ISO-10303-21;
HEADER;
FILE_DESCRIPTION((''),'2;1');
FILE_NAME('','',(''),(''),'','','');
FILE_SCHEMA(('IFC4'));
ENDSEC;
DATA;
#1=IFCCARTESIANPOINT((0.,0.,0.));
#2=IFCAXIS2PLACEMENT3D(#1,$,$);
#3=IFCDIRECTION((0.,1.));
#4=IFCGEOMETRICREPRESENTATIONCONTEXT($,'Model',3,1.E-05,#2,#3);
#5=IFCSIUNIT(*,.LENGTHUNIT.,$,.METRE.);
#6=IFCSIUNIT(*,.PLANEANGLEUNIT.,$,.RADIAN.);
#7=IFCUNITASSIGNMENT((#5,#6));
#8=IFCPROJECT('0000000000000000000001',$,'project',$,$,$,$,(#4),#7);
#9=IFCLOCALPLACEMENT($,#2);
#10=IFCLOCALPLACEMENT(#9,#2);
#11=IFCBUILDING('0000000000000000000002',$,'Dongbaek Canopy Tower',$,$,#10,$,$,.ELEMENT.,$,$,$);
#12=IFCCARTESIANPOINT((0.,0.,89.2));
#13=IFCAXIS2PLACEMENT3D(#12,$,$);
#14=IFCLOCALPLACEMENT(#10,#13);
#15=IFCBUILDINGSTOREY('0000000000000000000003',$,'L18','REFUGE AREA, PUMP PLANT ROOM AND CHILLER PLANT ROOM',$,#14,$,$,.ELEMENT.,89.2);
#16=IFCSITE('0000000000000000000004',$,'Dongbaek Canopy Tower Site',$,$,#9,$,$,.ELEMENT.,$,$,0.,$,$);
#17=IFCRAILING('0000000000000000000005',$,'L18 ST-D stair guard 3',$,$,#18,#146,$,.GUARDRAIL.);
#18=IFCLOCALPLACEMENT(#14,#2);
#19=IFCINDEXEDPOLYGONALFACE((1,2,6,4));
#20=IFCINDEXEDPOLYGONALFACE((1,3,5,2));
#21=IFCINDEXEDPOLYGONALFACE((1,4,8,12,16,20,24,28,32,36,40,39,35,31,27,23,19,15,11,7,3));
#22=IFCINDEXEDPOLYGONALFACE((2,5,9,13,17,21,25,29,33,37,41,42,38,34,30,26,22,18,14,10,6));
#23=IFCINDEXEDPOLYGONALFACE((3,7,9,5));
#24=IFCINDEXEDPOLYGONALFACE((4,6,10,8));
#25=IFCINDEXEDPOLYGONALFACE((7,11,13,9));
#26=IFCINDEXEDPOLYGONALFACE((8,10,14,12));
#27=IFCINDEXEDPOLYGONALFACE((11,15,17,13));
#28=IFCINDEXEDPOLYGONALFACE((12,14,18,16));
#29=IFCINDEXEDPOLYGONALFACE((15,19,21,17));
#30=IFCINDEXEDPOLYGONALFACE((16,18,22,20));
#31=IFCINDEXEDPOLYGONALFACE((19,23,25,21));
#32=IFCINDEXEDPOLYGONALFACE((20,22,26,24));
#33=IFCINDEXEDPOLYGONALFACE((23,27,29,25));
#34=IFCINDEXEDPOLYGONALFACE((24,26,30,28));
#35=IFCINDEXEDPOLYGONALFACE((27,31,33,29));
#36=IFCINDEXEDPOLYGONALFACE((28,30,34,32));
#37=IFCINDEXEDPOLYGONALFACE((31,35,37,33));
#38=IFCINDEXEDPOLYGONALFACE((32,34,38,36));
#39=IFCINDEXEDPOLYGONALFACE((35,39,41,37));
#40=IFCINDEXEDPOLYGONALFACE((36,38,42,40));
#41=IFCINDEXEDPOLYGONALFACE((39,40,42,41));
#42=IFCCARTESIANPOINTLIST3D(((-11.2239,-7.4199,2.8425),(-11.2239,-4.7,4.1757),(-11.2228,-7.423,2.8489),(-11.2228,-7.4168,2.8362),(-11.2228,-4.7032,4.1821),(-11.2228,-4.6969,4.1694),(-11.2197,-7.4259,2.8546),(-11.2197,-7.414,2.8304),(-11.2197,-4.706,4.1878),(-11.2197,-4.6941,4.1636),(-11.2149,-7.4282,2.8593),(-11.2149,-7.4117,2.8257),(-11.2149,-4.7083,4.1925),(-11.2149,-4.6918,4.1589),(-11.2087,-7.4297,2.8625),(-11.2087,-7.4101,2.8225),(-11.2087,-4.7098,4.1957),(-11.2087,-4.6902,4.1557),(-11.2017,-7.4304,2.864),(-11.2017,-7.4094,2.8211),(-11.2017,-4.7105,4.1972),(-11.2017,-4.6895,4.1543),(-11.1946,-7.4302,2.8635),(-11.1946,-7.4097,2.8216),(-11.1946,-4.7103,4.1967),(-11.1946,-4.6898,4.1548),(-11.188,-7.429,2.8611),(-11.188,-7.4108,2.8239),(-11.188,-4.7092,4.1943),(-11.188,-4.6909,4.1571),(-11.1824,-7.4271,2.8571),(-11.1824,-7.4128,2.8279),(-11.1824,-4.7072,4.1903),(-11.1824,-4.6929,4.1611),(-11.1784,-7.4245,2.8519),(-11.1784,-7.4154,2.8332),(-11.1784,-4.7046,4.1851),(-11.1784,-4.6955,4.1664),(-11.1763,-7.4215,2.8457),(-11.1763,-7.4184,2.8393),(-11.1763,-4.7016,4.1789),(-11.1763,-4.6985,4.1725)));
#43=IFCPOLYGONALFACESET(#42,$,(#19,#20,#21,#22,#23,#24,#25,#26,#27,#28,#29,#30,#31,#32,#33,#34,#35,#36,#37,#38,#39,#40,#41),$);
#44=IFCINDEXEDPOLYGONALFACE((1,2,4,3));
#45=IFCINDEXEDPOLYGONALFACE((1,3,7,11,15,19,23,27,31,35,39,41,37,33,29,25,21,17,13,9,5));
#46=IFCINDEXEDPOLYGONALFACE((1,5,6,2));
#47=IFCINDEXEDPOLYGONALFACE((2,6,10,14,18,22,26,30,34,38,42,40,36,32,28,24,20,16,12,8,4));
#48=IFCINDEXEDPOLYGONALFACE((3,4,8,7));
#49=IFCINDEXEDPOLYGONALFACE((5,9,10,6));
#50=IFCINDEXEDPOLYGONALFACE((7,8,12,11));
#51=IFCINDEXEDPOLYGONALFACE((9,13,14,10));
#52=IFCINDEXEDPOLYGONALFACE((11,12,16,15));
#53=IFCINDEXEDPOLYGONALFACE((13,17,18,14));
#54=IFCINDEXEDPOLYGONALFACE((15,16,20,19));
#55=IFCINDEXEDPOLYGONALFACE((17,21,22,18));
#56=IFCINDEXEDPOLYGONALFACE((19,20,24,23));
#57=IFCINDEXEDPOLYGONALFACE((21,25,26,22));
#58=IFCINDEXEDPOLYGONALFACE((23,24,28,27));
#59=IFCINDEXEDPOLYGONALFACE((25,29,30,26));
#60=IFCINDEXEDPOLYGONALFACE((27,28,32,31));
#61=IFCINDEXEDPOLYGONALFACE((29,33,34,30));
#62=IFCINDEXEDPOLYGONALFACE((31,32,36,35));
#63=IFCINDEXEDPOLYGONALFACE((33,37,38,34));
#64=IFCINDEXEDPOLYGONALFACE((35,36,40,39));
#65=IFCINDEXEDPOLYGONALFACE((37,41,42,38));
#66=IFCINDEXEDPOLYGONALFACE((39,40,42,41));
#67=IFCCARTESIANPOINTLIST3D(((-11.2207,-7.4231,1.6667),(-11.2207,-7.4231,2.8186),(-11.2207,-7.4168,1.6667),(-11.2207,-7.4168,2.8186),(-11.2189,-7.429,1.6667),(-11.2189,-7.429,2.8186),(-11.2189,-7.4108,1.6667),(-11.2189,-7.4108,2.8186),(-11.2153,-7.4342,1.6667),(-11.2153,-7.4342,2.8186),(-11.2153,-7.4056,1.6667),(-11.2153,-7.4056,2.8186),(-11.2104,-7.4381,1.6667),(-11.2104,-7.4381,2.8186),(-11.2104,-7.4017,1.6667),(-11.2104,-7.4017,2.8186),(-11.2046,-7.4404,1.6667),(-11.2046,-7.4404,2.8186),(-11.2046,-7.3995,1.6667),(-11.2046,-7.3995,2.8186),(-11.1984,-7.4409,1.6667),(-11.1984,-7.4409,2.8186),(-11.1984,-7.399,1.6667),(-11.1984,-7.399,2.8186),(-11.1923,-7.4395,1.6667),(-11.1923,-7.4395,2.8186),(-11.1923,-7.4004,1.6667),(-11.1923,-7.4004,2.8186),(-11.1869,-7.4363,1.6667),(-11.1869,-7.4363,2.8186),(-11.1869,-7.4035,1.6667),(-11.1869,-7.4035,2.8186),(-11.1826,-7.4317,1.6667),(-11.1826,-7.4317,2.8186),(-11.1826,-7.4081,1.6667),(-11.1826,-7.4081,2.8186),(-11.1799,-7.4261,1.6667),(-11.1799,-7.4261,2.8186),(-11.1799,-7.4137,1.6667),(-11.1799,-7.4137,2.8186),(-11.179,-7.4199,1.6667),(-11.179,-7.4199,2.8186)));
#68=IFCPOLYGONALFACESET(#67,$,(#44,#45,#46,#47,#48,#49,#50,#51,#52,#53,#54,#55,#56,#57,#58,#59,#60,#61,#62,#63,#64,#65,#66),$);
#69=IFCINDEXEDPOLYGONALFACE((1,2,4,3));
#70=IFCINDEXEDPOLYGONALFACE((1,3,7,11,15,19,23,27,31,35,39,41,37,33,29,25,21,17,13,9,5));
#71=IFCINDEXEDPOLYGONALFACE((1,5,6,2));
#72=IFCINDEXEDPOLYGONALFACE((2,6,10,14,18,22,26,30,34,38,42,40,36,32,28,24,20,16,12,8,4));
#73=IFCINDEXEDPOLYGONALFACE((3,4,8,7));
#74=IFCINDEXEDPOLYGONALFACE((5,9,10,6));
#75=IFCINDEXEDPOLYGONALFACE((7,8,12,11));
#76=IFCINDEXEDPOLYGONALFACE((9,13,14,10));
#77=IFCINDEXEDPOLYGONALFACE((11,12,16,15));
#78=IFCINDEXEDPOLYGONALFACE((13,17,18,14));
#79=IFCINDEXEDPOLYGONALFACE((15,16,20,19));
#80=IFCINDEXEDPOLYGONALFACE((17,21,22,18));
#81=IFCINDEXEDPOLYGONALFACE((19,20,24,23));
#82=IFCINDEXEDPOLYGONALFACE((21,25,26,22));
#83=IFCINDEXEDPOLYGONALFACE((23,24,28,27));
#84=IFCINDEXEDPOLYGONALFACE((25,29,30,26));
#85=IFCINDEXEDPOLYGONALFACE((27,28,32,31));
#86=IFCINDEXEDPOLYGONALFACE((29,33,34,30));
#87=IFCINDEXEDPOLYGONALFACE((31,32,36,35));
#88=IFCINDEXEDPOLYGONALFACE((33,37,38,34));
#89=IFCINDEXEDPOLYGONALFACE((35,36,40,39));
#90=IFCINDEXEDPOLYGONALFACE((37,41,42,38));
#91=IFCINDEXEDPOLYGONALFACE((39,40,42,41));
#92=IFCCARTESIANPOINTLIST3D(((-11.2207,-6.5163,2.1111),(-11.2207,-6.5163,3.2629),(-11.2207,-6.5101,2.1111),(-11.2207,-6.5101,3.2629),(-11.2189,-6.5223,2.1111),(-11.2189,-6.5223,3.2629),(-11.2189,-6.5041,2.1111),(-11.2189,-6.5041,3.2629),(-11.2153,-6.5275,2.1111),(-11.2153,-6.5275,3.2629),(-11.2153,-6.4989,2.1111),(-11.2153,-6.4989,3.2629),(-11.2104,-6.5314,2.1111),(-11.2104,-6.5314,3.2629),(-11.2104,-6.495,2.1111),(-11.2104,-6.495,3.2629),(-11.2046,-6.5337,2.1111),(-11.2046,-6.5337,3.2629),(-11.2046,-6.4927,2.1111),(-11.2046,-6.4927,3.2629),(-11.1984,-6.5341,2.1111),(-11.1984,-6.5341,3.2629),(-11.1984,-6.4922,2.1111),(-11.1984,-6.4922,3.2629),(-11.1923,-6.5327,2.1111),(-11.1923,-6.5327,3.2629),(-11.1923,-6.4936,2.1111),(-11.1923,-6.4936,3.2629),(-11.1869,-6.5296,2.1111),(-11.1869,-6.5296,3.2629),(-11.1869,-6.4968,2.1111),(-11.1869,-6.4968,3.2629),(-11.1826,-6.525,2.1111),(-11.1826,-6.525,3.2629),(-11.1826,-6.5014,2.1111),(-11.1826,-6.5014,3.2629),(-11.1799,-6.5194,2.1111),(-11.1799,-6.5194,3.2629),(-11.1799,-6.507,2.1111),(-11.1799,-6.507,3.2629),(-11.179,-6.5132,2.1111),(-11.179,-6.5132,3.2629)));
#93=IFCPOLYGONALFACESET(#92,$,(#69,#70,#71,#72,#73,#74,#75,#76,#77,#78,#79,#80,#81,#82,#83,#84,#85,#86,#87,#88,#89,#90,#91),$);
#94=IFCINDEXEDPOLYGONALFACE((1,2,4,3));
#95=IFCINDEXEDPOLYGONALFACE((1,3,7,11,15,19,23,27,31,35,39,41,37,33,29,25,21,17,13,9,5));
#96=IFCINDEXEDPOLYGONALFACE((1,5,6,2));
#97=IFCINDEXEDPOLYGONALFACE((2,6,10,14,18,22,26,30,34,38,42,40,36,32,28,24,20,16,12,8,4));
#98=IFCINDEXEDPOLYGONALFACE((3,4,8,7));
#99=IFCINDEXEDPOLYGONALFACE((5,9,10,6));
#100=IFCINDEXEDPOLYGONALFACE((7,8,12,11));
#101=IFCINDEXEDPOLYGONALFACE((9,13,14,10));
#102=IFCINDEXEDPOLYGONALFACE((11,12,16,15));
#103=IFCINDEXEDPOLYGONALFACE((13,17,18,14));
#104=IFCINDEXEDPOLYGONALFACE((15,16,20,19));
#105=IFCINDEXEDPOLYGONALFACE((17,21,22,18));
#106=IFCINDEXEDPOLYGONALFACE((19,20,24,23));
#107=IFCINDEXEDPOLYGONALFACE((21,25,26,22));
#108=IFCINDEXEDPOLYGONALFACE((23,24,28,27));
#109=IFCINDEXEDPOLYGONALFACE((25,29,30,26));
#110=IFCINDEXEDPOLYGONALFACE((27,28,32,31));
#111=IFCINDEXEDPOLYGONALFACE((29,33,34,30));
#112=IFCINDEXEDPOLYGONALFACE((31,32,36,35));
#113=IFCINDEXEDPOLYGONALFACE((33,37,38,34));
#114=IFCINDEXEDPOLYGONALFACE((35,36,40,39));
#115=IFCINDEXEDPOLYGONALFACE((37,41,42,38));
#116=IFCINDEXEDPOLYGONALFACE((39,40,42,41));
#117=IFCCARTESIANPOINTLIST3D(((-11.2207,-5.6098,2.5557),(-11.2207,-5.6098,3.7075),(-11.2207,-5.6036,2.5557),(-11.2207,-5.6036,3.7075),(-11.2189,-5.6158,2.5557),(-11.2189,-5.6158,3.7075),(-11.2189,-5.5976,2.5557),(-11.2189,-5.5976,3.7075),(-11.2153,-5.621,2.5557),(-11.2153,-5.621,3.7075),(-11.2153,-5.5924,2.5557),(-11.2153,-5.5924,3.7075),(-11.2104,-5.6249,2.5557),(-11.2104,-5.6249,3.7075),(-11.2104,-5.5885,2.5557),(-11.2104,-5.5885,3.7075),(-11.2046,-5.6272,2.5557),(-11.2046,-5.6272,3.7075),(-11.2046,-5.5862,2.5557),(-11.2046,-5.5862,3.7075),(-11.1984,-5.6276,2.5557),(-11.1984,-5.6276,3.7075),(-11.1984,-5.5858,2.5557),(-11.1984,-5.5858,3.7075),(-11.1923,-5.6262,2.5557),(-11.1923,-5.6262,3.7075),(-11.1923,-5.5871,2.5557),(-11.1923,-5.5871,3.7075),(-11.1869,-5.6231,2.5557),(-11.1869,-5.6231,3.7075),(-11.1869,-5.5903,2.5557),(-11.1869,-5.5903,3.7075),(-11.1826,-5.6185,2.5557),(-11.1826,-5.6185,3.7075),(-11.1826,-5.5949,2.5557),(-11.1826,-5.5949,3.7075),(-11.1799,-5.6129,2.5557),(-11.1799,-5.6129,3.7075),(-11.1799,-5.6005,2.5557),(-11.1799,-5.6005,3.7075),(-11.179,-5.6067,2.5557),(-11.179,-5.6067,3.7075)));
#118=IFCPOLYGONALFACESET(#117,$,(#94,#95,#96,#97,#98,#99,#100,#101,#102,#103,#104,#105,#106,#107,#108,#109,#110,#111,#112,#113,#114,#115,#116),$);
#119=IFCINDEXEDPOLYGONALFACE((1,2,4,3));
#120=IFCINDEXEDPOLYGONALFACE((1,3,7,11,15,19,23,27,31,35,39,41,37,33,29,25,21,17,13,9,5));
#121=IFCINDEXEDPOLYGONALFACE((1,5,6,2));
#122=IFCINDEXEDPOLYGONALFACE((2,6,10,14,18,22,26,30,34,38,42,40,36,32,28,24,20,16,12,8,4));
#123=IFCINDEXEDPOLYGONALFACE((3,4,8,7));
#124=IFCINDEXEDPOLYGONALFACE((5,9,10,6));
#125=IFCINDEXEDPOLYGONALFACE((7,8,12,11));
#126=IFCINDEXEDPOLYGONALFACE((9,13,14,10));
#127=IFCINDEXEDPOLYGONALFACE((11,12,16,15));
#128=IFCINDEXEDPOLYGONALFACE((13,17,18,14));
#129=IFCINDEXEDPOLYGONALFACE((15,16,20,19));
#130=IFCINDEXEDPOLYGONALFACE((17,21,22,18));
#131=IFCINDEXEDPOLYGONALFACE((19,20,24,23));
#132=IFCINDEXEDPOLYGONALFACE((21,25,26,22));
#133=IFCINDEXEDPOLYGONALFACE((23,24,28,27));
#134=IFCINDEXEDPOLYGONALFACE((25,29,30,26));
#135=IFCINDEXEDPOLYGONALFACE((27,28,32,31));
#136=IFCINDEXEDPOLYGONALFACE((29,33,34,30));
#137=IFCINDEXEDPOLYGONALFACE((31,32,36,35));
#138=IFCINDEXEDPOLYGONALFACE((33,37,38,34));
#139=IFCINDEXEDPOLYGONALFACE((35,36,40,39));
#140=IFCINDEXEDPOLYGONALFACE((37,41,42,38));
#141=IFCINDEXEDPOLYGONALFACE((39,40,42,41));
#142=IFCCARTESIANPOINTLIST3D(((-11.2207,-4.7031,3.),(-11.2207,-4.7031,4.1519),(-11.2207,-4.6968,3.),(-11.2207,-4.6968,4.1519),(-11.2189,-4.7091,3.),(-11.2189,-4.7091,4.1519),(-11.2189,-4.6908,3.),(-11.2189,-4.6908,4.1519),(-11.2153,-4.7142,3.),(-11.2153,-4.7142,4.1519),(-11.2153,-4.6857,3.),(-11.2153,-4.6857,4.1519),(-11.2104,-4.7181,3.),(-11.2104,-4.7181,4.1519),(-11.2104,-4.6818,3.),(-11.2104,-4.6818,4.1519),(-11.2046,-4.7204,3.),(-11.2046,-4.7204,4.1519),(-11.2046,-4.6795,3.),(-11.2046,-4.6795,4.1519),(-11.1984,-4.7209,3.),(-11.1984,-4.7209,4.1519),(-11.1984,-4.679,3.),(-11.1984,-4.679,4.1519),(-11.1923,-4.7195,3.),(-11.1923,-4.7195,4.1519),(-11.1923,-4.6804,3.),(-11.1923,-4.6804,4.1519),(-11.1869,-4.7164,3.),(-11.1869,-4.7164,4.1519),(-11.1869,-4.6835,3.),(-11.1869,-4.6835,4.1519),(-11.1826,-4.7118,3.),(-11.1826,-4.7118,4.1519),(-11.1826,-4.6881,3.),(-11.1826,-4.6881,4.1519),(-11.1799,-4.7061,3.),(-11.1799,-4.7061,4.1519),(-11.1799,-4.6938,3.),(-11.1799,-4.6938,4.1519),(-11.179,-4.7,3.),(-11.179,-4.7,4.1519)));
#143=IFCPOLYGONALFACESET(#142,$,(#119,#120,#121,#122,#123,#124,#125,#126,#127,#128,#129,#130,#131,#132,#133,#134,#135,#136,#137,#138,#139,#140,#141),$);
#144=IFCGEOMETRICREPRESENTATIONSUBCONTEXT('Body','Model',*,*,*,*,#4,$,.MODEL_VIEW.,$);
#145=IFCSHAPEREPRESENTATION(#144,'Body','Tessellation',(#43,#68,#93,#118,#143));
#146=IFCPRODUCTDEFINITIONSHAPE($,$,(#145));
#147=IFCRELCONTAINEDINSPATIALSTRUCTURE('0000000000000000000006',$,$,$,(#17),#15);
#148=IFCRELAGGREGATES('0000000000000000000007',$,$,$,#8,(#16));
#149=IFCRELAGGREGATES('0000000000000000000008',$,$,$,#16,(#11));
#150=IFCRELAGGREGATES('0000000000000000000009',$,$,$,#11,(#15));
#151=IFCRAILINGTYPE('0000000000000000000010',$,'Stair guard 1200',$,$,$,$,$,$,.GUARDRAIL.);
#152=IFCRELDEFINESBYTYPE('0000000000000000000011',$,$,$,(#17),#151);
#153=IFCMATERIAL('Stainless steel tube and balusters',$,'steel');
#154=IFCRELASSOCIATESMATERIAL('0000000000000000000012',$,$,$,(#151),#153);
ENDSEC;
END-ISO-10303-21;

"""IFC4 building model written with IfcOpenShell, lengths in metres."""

from ifc_helpers import new_model, si_unit, direction, frame, origin, origin_2d, place, context, subcontext, project, spatial, circle, extrude, material, type_object, element, save


model = new_model("IFC4")

# Units and contexts
model_context = context("Model", 3, precision=1e-05, world=origin(), true_north=direction((0.0, 1.0)))
body_context = subcontext(model_context, "Body", "Model", "MODEL_VIEW")
ifc_project = project(units=[si_unit("LENGTHUNIT", "METRE"), si_unit("PLANEANGLEUNIT", "RADIAN")], contexts=[model_context])

# Site, building, storey
site_placement = place(None, origin())
site = spatial("IfcSite", under=ifc_project, at=site_placement, Name="Dongbaek Canopy Tower Site", CompositionType="ELEMENT", RefElevation=0.0)
building_placement = place(site_placement, origin())
building = spatial("IfcBuilding", under=site, at=building_placement, Name="Dongbaek Canopy Tower", CompositionType="ELEMENT")
storey_placement = place(building_placement, frame((0.0, 0.0, 89.2)))
storey = spatial("IfcBuildingStorey", under=building, at=storey_placement, Name="L18", Description="REFUGE AREA, PUMP PLANT ROOM AND CHILLER PLANT ROOM", CompositionType="ELEMENT", Elevation=89.2)

# Railing
ifc_material_1 = material(Name="Stainless steel tube and balusters", Category="steel")
railing_type_1 = type_object("IfcRailingType", Name="Stair guard 1200", PredefinedType="GUARDRAIL", material=ifc_material_1)
railing_1_placement = place(storey_placement, frame((-11.2, -7.4199, 1.6667)))
element("IfcRailing", 1, at=railing_1_placement, inside=storey, type_object=railing_type_1, Name="L18 ST-D stair guard 3", PredefinedType="GUARDRAIL", context=body_context, shape_type="SweptSolid", body=[
    extrude(circle(Radius=0.0239, at=origin_2d()), frame((0.0, 0.0, 1.1758), z_axis=(0.0, 0.897929, 0.440139), x_axis=(-1.0, 0.0, 0.0)), (0.0, 0.0, 1.0), 3.0291),
    extrude(circle(Radius=0.021, at=origin_2d()), origin(), (0.0, 0.0, 1.0), 1.1519),
    extrude(circle(Radius=0.021, at=origin_2d()), frame((0.0, 0.9067, 0.4443)), (0.0, 0.0, 1.0), 1.1519),
    extrude(circle(Radius=0.021, at=origin_2d()), frame((0.0, 1.8132, 0.8889)), (0.0, 0.0, 1.0), 1.1519),
    extrude(circle(Radius=0.021, at=origin_2d()), frame((0.0, 2.72, 1.3333)), (0.0, 0.0, 1.0), 1.1519),
])

save(model, "model.ifc")
